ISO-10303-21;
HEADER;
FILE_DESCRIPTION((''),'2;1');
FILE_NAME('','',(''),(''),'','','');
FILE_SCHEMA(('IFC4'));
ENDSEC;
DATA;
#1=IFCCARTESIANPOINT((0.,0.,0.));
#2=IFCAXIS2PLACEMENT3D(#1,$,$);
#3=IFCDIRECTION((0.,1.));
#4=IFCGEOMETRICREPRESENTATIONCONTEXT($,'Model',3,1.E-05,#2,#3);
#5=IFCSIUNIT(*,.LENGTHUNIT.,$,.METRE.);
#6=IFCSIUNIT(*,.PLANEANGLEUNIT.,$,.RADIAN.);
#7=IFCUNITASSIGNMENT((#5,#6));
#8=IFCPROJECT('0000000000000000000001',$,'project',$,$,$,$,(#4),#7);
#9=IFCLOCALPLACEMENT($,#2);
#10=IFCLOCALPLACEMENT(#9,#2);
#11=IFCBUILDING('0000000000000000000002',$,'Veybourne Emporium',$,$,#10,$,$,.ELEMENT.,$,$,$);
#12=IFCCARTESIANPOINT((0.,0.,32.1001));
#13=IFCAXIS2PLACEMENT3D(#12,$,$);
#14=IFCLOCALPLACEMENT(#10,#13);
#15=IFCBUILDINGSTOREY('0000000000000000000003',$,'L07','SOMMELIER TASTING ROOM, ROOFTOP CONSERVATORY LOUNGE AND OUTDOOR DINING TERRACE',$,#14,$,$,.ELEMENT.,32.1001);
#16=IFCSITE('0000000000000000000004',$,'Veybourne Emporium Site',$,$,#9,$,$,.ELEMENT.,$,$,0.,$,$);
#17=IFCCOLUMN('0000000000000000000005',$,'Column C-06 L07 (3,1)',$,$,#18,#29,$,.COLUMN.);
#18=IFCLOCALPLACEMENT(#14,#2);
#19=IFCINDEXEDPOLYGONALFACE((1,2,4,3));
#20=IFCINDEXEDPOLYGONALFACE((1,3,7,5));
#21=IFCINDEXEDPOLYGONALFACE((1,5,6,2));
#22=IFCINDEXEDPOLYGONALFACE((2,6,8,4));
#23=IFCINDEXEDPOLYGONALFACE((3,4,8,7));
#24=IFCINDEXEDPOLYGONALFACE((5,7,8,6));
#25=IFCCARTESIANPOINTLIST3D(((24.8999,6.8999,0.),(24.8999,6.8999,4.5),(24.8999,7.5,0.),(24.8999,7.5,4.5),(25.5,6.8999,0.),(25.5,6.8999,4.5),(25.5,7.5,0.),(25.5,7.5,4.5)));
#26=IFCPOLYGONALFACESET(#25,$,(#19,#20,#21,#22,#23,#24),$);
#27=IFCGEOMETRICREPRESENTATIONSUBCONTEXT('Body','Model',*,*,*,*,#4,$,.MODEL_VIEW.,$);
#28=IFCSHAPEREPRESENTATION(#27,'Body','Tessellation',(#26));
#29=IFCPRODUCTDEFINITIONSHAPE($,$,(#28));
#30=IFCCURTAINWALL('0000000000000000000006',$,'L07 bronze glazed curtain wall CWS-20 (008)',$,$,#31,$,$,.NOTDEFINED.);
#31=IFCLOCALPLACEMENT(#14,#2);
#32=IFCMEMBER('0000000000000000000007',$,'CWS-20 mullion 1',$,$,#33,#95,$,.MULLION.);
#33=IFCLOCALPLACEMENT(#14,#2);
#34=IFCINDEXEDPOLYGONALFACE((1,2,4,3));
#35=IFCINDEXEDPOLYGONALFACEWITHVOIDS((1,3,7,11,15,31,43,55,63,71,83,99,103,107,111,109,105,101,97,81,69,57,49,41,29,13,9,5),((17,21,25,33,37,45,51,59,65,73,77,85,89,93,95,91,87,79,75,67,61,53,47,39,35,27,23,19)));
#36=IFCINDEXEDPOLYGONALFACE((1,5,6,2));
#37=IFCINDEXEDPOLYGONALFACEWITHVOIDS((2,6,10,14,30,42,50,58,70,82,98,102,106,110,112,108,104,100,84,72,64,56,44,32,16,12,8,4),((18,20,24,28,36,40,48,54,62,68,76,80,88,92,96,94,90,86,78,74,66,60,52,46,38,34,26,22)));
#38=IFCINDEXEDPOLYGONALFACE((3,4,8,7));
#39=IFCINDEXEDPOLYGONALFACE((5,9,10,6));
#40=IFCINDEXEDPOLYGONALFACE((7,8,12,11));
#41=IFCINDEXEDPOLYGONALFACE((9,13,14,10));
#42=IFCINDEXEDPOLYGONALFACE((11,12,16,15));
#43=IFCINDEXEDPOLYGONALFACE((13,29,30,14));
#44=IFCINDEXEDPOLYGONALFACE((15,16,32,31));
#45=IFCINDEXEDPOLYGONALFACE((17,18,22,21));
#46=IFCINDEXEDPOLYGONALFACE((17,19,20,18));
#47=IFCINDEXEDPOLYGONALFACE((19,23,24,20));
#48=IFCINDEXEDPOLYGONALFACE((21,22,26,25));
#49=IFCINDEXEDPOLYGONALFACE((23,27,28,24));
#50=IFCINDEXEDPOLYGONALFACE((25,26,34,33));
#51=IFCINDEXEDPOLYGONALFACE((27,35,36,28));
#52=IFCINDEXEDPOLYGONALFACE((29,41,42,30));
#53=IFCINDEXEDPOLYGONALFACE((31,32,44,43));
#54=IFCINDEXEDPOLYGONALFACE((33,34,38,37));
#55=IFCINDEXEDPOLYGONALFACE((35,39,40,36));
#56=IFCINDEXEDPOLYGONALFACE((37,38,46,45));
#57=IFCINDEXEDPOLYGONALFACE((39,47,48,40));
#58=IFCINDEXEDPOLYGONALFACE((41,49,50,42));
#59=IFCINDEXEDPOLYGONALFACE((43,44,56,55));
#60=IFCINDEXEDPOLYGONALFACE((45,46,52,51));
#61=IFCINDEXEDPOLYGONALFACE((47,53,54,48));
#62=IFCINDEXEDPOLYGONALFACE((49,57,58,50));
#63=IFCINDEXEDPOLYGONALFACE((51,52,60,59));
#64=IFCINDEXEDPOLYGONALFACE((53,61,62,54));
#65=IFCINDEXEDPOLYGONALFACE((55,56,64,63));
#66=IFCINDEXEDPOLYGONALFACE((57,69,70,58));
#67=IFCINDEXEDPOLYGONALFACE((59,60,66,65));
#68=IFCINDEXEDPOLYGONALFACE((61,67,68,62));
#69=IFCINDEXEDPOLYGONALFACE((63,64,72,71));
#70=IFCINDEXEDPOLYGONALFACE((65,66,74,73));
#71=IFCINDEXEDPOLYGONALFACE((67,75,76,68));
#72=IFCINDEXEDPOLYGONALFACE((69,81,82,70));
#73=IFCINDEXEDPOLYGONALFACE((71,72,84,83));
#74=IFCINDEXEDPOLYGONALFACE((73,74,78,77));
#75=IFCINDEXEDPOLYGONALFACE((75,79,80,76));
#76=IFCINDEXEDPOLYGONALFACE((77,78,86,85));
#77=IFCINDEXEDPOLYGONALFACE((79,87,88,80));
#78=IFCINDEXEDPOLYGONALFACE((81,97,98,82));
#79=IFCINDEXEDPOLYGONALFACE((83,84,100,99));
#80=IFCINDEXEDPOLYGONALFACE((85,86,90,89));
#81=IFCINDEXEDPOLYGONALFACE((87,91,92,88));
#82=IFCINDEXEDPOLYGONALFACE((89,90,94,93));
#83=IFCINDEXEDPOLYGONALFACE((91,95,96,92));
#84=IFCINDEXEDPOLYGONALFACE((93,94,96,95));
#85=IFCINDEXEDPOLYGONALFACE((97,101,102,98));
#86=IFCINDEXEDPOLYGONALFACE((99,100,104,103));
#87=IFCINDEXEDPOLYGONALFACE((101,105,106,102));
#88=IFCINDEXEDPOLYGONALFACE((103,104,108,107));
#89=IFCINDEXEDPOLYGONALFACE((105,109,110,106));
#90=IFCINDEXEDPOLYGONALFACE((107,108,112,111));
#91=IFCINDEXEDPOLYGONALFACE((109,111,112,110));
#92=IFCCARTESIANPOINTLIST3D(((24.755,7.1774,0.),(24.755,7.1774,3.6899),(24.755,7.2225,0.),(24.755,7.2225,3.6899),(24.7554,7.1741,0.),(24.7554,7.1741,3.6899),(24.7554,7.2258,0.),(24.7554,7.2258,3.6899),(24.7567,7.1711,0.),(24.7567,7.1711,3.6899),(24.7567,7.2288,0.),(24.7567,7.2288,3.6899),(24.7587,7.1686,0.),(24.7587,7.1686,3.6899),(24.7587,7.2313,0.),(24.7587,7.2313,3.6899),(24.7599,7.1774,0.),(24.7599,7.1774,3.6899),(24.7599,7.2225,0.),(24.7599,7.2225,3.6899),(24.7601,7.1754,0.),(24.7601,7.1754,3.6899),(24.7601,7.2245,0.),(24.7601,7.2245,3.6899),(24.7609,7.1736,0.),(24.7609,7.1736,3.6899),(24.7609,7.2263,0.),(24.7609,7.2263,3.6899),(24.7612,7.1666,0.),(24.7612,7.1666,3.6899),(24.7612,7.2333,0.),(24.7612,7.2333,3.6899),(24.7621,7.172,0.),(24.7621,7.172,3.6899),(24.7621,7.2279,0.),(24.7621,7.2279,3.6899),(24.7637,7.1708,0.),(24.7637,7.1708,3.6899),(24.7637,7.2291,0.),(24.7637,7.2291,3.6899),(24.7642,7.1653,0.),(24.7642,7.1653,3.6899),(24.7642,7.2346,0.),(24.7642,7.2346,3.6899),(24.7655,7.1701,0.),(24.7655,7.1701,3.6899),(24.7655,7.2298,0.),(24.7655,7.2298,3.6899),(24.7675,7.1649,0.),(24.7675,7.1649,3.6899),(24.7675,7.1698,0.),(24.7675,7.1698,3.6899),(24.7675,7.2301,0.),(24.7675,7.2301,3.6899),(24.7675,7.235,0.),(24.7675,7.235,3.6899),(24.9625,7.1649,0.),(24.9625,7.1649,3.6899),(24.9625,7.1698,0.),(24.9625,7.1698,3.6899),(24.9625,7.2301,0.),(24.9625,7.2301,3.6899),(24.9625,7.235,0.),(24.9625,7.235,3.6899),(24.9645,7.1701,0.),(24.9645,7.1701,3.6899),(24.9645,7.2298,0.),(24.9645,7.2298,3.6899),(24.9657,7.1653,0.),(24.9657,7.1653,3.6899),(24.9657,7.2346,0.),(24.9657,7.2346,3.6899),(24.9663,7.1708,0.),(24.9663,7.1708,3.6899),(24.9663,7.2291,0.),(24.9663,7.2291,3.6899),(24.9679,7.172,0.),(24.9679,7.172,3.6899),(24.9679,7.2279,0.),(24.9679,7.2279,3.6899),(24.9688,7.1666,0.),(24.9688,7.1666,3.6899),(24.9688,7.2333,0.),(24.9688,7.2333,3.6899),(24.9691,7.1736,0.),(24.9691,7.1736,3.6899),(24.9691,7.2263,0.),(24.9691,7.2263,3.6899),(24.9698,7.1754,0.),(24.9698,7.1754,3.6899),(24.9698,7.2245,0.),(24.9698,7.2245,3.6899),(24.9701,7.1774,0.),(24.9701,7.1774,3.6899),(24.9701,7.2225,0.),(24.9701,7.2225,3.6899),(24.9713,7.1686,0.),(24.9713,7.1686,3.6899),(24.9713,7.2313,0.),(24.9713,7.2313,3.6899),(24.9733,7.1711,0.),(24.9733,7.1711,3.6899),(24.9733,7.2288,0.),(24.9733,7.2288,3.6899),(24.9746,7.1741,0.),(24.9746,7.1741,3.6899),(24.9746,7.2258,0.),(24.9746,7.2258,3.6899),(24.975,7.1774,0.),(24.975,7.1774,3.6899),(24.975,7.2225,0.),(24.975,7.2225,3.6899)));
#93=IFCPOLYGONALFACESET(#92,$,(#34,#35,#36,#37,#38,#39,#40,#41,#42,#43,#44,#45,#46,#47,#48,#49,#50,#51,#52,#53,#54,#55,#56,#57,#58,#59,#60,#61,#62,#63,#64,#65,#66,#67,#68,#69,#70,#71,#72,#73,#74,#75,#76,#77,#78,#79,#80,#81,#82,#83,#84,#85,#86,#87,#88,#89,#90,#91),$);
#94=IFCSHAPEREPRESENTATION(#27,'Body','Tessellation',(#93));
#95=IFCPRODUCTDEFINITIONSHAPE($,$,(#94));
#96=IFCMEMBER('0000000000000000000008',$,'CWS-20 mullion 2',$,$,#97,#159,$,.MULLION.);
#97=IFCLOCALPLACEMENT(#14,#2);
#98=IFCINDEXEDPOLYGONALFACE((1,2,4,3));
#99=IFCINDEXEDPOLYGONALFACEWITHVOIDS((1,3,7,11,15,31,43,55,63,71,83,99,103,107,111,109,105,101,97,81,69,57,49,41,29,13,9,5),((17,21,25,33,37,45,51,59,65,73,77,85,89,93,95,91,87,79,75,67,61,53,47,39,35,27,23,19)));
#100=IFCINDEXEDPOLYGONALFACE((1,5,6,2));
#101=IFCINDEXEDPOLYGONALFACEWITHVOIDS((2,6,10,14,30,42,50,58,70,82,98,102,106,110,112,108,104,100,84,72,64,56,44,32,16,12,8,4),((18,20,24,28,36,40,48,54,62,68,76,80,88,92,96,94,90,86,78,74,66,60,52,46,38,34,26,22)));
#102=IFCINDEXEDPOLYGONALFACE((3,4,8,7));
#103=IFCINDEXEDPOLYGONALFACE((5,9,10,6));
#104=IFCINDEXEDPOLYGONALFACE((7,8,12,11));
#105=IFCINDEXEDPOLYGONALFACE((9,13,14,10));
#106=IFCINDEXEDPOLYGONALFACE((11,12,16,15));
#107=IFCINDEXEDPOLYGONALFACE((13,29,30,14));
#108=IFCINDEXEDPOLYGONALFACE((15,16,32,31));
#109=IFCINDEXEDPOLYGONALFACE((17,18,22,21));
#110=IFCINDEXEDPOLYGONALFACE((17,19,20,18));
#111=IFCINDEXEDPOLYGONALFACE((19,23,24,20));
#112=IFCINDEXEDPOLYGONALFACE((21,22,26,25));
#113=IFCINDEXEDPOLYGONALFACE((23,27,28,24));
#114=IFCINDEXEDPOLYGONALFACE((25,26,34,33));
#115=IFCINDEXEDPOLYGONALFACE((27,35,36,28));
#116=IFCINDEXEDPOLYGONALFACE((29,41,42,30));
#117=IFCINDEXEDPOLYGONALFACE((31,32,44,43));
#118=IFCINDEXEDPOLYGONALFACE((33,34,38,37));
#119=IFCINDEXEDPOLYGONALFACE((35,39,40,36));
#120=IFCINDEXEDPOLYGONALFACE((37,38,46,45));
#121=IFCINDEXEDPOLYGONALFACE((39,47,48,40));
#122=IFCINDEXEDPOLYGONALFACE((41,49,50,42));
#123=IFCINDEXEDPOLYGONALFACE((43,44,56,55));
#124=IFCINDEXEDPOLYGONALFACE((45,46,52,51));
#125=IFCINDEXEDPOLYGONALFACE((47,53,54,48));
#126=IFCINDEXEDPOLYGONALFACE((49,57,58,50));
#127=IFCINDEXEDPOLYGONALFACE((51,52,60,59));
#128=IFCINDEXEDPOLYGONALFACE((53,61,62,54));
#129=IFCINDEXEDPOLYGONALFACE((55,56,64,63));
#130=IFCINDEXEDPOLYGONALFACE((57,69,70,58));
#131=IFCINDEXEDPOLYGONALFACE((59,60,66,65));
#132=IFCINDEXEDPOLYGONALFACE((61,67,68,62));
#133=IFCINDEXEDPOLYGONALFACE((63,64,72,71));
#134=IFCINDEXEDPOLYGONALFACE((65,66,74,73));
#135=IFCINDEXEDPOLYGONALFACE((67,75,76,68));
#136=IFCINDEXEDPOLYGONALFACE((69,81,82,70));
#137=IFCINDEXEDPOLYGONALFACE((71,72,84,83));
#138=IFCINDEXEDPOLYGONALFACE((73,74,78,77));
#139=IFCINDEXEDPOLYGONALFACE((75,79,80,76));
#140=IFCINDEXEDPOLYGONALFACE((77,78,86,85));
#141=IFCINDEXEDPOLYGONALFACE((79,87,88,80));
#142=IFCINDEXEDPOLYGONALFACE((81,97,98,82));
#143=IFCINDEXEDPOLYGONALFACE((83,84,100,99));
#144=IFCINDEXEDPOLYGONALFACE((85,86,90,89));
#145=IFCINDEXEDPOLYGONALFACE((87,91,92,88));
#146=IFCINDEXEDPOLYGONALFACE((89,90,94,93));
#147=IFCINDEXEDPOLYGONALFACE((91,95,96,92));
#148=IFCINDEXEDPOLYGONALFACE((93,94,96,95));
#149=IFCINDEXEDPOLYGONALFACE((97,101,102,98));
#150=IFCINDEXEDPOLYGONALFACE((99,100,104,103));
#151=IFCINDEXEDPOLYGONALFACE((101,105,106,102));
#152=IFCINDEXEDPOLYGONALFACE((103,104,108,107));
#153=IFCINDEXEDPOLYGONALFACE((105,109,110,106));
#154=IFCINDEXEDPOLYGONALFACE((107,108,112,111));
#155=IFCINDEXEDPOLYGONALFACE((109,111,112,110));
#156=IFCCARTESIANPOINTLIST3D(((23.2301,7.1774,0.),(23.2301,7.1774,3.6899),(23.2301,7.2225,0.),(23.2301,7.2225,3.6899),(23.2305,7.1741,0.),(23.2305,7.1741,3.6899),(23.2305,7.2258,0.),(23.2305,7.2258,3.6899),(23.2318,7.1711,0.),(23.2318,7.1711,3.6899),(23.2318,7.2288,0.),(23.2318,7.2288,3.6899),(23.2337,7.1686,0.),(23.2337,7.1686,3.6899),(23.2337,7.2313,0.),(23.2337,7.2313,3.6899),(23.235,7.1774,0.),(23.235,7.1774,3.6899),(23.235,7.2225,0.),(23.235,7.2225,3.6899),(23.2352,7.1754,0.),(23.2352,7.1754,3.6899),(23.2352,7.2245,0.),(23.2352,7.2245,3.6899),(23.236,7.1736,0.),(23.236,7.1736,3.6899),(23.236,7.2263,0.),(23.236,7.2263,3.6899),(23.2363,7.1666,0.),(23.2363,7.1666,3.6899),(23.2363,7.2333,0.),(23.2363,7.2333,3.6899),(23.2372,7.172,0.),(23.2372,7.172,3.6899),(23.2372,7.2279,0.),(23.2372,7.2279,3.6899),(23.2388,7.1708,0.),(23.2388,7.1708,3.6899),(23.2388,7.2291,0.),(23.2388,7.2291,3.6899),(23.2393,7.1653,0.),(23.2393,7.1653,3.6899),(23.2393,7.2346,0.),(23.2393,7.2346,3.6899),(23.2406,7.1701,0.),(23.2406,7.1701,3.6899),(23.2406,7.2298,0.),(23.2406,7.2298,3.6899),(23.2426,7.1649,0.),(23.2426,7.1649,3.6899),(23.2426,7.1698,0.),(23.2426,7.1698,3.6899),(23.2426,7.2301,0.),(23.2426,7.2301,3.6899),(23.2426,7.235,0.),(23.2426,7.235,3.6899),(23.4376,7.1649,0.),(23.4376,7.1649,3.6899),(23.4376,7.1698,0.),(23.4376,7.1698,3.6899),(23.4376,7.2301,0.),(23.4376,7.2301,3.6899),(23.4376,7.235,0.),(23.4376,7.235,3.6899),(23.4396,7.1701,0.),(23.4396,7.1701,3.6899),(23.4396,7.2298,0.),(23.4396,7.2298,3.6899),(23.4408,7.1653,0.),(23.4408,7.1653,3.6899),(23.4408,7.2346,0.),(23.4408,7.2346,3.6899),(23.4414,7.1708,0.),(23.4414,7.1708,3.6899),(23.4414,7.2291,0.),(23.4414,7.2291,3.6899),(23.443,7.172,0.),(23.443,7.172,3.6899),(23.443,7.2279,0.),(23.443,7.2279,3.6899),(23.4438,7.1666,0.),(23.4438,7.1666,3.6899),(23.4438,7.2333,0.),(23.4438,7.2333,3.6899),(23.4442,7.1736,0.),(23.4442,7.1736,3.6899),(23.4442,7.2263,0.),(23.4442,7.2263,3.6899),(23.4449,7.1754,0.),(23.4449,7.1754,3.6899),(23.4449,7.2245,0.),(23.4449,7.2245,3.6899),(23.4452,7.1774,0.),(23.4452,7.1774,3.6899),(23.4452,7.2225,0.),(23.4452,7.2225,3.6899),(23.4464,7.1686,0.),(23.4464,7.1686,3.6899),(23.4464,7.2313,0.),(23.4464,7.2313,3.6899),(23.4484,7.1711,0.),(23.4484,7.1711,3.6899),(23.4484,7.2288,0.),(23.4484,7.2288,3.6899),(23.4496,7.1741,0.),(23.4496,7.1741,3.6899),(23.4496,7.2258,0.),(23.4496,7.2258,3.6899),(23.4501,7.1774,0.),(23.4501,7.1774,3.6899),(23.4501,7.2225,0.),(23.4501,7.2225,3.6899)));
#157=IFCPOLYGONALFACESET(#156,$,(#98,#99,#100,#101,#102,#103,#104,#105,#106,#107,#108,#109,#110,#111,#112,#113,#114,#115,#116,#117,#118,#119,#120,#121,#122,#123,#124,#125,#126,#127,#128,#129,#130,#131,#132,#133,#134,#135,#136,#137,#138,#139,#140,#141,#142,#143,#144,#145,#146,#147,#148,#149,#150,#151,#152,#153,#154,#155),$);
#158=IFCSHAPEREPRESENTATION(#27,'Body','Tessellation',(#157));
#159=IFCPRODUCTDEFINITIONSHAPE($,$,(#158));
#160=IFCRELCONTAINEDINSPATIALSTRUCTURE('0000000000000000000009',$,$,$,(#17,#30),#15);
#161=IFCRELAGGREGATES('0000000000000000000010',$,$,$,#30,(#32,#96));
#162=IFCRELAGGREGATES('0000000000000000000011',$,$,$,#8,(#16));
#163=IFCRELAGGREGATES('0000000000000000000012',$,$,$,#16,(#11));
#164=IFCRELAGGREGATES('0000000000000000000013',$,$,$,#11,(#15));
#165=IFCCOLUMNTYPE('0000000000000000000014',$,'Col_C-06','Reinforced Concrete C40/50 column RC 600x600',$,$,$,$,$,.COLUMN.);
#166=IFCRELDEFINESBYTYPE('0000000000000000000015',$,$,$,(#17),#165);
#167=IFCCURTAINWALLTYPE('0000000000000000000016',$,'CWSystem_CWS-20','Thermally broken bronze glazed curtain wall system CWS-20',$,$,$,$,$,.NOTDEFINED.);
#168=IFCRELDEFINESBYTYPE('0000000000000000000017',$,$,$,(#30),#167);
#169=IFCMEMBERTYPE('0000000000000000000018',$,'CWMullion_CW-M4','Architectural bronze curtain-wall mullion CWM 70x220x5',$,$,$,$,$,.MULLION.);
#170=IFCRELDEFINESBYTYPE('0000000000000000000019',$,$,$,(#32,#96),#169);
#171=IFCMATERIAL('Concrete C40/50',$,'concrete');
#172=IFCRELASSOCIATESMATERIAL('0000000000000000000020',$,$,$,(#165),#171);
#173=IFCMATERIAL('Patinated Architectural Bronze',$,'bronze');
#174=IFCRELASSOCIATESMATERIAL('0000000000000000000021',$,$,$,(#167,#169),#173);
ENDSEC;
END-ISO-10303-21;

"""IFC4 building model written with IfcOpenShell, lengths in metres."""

from ifc_helpers import new_model, si_unit, direction, frame, origin, origin_2d, place, context, subcontext, project, spatial, rectangle, hollow_rectangle, extrude, material, material_profile, profile_set, type_object, element, aggregate, save


model = new_model("IFC4")

# Units and contexts
model_context = context("Model", 3, precision=1e-05, world=origin(), true_north=direction((0.0, 1.0)))
body_context = subcontext(model_context, "Body", "Model", "MODEL_VIEW")
ifc_project = project(units=[si_unit("LENGTHUNIT", "METRE"), si_unit("PLANEANGLEUNIT", "RADIAN")], contexts=[model_context])

# Site, building, storey
site_placement = place(None, origin())
site = spatial("IfcSite", under=ifc_project, at=site_placement, Name="Veybourne Emporium Site", CompositionType="ELEMENT", RefElevation=0.0)
building_placement = place(site_placement, origin())
building = spatial("IfcBuilding", under=site, at=building_placement, Name="Veybourne Emporium", CompositionType="ELEMENT")
storey_placement = place(building_placement, frame((0.0, 0.0, 32.1001)))
storey = spatial("IfcBuildingStorey", under=building, at=storey_placement, Name="L07", Description="SOMMELIER TASTING ROOM, ROOFTOP CONSERVATORY LOUNGE AND OUTDOOR DINING TERRACE", CompositionType="ELEMENT", Elevation=32.1001)

# Column
ifc_material_1 = material(Name="Concrete C40/50", Category="concrete")
ifc_material_profile_1 = material_profile(ifc_material_1, rectangle(XDim=0.6001, YDim=0.6001, at=origin_2d()), Name="RC 600x600")
ifc_profile_set_1 = profile_set([ifc_material_profile_1], Name="Concrete C40/50")
column_type = type_object("IfcColumnType", Name="Col_C-06", Description="Reinforced Concrete C40/50 column RC 600x600", PredefinedType="COLUMN", material=ifc_profile_set_1)
column_placement = place(storey_placement, frame((25.2, 7.2, 0.0), z_axis=(0.0, 0.0, 1.0), x_axis=(1.0, 0.0, 0.0)))
element("IfcColumn", 1, at=column_placement, inside=storey, type_object=column_type, Name="Column C-06 L07 (3,1)", PredefinedType="COLUMN", context=body_context, shape_type="SweptSolid", body=[
    extrude(rectangle(XDim=0.6001, YDim=0.6001, at=origin_2d()), origin(), (0.0, 0.0, 1.0), 4.5),
])

# Curtain wall, members
ifc_material_2 = material(Name="Patinated Architectural Bronze", Category="bronze")
curtain_wall_type = type_object("IfcCurtainWallType", Name="CWSystem_CWS-20", Description="Thermally broken bronze glazed curtain wall system CWS-20", PredefinedType="NOTDEFINED", material=ifc_material_2)
curtain_wall_placement = place(storey_placement, origin())
curtain_wall = element("IfcCurtainWall", 2, at=curtain_wall_placement, inside=storey, type_object=curtain_wall_type, Name="L07 bronze glazed curtain wall CWS-20 (008)", PredefinedType="NOTDEFINED")
ifc_material_profile_2 = material_profile(ifc_material_2, hollow_rectangle(XDim=0.0701, YDim=0.22, WallThickness=0.0049, InnerFilletRadius=0.0076, OuterFilletRadius=0.0125, at=origin_2d()), Name="CWM 70x220x5")
ifc_profile_set_2 = profile_set([ifc_material_profile_2], Name="Patinated Architectural Bronze")
member_type_1 = type_object("IfcMemberType", Name="CWMullion_CW-M4", Description="Architectural bronze curtain-wall mullion CWM 70x220x5", PredefinedType="MULLION", material=ifc_profile_set_2)
member_1_placement = place(storey_placement, frame((24.865, 7.2, 0.0), z_axis=(0.0, 0.0, 1.0), x_axis=(0.0, -1.0, 0.0)))
member_1 = element("IfcMember", 3, at=member_1_placement, type_object=member_type_1, Name="CWS-20 mullion 1", PredefinedType="MULLION", context=body_context, shape_type="SweptSolid", body=[
    extrude(hollow_rectangle(XDim=0.0701, YDim=0.22, WallThickness=0.0049, InnerFilletRadius=0.0076, OuterFilletRadius=0.0125, at=origin_2d()), origin(), (0.0, 0.0, 1.0), 3.6899),
])
member_2_placement = place(storey_placement, frame((23.3401, 7.2, 0.0), z_axis=(0.0, 0.0, 1.0), x_axis=(0.0, -1.0, 0.0)))
member_2 = element("IfcMember", 4, at=member_2_placement, type_object=member_type_1, Name="CWS-20 mullion 2", PredefinedType="MULLION", context=body_context, shape_type="SweptSolid", body=[
    extrude(hollow_rectangle(XDim=0.0701, YDim=0.22, WallThickness=0.0049, InnerFilletRadius=0.0076, OuterFilletRadius=0.0125, at=origin_2d()), origin(), (0.0, 0.0, 1.0), 3.6899),
])
aggregate(curtain_wall, [member_1, member_2])

save(model, "model.ifc")
